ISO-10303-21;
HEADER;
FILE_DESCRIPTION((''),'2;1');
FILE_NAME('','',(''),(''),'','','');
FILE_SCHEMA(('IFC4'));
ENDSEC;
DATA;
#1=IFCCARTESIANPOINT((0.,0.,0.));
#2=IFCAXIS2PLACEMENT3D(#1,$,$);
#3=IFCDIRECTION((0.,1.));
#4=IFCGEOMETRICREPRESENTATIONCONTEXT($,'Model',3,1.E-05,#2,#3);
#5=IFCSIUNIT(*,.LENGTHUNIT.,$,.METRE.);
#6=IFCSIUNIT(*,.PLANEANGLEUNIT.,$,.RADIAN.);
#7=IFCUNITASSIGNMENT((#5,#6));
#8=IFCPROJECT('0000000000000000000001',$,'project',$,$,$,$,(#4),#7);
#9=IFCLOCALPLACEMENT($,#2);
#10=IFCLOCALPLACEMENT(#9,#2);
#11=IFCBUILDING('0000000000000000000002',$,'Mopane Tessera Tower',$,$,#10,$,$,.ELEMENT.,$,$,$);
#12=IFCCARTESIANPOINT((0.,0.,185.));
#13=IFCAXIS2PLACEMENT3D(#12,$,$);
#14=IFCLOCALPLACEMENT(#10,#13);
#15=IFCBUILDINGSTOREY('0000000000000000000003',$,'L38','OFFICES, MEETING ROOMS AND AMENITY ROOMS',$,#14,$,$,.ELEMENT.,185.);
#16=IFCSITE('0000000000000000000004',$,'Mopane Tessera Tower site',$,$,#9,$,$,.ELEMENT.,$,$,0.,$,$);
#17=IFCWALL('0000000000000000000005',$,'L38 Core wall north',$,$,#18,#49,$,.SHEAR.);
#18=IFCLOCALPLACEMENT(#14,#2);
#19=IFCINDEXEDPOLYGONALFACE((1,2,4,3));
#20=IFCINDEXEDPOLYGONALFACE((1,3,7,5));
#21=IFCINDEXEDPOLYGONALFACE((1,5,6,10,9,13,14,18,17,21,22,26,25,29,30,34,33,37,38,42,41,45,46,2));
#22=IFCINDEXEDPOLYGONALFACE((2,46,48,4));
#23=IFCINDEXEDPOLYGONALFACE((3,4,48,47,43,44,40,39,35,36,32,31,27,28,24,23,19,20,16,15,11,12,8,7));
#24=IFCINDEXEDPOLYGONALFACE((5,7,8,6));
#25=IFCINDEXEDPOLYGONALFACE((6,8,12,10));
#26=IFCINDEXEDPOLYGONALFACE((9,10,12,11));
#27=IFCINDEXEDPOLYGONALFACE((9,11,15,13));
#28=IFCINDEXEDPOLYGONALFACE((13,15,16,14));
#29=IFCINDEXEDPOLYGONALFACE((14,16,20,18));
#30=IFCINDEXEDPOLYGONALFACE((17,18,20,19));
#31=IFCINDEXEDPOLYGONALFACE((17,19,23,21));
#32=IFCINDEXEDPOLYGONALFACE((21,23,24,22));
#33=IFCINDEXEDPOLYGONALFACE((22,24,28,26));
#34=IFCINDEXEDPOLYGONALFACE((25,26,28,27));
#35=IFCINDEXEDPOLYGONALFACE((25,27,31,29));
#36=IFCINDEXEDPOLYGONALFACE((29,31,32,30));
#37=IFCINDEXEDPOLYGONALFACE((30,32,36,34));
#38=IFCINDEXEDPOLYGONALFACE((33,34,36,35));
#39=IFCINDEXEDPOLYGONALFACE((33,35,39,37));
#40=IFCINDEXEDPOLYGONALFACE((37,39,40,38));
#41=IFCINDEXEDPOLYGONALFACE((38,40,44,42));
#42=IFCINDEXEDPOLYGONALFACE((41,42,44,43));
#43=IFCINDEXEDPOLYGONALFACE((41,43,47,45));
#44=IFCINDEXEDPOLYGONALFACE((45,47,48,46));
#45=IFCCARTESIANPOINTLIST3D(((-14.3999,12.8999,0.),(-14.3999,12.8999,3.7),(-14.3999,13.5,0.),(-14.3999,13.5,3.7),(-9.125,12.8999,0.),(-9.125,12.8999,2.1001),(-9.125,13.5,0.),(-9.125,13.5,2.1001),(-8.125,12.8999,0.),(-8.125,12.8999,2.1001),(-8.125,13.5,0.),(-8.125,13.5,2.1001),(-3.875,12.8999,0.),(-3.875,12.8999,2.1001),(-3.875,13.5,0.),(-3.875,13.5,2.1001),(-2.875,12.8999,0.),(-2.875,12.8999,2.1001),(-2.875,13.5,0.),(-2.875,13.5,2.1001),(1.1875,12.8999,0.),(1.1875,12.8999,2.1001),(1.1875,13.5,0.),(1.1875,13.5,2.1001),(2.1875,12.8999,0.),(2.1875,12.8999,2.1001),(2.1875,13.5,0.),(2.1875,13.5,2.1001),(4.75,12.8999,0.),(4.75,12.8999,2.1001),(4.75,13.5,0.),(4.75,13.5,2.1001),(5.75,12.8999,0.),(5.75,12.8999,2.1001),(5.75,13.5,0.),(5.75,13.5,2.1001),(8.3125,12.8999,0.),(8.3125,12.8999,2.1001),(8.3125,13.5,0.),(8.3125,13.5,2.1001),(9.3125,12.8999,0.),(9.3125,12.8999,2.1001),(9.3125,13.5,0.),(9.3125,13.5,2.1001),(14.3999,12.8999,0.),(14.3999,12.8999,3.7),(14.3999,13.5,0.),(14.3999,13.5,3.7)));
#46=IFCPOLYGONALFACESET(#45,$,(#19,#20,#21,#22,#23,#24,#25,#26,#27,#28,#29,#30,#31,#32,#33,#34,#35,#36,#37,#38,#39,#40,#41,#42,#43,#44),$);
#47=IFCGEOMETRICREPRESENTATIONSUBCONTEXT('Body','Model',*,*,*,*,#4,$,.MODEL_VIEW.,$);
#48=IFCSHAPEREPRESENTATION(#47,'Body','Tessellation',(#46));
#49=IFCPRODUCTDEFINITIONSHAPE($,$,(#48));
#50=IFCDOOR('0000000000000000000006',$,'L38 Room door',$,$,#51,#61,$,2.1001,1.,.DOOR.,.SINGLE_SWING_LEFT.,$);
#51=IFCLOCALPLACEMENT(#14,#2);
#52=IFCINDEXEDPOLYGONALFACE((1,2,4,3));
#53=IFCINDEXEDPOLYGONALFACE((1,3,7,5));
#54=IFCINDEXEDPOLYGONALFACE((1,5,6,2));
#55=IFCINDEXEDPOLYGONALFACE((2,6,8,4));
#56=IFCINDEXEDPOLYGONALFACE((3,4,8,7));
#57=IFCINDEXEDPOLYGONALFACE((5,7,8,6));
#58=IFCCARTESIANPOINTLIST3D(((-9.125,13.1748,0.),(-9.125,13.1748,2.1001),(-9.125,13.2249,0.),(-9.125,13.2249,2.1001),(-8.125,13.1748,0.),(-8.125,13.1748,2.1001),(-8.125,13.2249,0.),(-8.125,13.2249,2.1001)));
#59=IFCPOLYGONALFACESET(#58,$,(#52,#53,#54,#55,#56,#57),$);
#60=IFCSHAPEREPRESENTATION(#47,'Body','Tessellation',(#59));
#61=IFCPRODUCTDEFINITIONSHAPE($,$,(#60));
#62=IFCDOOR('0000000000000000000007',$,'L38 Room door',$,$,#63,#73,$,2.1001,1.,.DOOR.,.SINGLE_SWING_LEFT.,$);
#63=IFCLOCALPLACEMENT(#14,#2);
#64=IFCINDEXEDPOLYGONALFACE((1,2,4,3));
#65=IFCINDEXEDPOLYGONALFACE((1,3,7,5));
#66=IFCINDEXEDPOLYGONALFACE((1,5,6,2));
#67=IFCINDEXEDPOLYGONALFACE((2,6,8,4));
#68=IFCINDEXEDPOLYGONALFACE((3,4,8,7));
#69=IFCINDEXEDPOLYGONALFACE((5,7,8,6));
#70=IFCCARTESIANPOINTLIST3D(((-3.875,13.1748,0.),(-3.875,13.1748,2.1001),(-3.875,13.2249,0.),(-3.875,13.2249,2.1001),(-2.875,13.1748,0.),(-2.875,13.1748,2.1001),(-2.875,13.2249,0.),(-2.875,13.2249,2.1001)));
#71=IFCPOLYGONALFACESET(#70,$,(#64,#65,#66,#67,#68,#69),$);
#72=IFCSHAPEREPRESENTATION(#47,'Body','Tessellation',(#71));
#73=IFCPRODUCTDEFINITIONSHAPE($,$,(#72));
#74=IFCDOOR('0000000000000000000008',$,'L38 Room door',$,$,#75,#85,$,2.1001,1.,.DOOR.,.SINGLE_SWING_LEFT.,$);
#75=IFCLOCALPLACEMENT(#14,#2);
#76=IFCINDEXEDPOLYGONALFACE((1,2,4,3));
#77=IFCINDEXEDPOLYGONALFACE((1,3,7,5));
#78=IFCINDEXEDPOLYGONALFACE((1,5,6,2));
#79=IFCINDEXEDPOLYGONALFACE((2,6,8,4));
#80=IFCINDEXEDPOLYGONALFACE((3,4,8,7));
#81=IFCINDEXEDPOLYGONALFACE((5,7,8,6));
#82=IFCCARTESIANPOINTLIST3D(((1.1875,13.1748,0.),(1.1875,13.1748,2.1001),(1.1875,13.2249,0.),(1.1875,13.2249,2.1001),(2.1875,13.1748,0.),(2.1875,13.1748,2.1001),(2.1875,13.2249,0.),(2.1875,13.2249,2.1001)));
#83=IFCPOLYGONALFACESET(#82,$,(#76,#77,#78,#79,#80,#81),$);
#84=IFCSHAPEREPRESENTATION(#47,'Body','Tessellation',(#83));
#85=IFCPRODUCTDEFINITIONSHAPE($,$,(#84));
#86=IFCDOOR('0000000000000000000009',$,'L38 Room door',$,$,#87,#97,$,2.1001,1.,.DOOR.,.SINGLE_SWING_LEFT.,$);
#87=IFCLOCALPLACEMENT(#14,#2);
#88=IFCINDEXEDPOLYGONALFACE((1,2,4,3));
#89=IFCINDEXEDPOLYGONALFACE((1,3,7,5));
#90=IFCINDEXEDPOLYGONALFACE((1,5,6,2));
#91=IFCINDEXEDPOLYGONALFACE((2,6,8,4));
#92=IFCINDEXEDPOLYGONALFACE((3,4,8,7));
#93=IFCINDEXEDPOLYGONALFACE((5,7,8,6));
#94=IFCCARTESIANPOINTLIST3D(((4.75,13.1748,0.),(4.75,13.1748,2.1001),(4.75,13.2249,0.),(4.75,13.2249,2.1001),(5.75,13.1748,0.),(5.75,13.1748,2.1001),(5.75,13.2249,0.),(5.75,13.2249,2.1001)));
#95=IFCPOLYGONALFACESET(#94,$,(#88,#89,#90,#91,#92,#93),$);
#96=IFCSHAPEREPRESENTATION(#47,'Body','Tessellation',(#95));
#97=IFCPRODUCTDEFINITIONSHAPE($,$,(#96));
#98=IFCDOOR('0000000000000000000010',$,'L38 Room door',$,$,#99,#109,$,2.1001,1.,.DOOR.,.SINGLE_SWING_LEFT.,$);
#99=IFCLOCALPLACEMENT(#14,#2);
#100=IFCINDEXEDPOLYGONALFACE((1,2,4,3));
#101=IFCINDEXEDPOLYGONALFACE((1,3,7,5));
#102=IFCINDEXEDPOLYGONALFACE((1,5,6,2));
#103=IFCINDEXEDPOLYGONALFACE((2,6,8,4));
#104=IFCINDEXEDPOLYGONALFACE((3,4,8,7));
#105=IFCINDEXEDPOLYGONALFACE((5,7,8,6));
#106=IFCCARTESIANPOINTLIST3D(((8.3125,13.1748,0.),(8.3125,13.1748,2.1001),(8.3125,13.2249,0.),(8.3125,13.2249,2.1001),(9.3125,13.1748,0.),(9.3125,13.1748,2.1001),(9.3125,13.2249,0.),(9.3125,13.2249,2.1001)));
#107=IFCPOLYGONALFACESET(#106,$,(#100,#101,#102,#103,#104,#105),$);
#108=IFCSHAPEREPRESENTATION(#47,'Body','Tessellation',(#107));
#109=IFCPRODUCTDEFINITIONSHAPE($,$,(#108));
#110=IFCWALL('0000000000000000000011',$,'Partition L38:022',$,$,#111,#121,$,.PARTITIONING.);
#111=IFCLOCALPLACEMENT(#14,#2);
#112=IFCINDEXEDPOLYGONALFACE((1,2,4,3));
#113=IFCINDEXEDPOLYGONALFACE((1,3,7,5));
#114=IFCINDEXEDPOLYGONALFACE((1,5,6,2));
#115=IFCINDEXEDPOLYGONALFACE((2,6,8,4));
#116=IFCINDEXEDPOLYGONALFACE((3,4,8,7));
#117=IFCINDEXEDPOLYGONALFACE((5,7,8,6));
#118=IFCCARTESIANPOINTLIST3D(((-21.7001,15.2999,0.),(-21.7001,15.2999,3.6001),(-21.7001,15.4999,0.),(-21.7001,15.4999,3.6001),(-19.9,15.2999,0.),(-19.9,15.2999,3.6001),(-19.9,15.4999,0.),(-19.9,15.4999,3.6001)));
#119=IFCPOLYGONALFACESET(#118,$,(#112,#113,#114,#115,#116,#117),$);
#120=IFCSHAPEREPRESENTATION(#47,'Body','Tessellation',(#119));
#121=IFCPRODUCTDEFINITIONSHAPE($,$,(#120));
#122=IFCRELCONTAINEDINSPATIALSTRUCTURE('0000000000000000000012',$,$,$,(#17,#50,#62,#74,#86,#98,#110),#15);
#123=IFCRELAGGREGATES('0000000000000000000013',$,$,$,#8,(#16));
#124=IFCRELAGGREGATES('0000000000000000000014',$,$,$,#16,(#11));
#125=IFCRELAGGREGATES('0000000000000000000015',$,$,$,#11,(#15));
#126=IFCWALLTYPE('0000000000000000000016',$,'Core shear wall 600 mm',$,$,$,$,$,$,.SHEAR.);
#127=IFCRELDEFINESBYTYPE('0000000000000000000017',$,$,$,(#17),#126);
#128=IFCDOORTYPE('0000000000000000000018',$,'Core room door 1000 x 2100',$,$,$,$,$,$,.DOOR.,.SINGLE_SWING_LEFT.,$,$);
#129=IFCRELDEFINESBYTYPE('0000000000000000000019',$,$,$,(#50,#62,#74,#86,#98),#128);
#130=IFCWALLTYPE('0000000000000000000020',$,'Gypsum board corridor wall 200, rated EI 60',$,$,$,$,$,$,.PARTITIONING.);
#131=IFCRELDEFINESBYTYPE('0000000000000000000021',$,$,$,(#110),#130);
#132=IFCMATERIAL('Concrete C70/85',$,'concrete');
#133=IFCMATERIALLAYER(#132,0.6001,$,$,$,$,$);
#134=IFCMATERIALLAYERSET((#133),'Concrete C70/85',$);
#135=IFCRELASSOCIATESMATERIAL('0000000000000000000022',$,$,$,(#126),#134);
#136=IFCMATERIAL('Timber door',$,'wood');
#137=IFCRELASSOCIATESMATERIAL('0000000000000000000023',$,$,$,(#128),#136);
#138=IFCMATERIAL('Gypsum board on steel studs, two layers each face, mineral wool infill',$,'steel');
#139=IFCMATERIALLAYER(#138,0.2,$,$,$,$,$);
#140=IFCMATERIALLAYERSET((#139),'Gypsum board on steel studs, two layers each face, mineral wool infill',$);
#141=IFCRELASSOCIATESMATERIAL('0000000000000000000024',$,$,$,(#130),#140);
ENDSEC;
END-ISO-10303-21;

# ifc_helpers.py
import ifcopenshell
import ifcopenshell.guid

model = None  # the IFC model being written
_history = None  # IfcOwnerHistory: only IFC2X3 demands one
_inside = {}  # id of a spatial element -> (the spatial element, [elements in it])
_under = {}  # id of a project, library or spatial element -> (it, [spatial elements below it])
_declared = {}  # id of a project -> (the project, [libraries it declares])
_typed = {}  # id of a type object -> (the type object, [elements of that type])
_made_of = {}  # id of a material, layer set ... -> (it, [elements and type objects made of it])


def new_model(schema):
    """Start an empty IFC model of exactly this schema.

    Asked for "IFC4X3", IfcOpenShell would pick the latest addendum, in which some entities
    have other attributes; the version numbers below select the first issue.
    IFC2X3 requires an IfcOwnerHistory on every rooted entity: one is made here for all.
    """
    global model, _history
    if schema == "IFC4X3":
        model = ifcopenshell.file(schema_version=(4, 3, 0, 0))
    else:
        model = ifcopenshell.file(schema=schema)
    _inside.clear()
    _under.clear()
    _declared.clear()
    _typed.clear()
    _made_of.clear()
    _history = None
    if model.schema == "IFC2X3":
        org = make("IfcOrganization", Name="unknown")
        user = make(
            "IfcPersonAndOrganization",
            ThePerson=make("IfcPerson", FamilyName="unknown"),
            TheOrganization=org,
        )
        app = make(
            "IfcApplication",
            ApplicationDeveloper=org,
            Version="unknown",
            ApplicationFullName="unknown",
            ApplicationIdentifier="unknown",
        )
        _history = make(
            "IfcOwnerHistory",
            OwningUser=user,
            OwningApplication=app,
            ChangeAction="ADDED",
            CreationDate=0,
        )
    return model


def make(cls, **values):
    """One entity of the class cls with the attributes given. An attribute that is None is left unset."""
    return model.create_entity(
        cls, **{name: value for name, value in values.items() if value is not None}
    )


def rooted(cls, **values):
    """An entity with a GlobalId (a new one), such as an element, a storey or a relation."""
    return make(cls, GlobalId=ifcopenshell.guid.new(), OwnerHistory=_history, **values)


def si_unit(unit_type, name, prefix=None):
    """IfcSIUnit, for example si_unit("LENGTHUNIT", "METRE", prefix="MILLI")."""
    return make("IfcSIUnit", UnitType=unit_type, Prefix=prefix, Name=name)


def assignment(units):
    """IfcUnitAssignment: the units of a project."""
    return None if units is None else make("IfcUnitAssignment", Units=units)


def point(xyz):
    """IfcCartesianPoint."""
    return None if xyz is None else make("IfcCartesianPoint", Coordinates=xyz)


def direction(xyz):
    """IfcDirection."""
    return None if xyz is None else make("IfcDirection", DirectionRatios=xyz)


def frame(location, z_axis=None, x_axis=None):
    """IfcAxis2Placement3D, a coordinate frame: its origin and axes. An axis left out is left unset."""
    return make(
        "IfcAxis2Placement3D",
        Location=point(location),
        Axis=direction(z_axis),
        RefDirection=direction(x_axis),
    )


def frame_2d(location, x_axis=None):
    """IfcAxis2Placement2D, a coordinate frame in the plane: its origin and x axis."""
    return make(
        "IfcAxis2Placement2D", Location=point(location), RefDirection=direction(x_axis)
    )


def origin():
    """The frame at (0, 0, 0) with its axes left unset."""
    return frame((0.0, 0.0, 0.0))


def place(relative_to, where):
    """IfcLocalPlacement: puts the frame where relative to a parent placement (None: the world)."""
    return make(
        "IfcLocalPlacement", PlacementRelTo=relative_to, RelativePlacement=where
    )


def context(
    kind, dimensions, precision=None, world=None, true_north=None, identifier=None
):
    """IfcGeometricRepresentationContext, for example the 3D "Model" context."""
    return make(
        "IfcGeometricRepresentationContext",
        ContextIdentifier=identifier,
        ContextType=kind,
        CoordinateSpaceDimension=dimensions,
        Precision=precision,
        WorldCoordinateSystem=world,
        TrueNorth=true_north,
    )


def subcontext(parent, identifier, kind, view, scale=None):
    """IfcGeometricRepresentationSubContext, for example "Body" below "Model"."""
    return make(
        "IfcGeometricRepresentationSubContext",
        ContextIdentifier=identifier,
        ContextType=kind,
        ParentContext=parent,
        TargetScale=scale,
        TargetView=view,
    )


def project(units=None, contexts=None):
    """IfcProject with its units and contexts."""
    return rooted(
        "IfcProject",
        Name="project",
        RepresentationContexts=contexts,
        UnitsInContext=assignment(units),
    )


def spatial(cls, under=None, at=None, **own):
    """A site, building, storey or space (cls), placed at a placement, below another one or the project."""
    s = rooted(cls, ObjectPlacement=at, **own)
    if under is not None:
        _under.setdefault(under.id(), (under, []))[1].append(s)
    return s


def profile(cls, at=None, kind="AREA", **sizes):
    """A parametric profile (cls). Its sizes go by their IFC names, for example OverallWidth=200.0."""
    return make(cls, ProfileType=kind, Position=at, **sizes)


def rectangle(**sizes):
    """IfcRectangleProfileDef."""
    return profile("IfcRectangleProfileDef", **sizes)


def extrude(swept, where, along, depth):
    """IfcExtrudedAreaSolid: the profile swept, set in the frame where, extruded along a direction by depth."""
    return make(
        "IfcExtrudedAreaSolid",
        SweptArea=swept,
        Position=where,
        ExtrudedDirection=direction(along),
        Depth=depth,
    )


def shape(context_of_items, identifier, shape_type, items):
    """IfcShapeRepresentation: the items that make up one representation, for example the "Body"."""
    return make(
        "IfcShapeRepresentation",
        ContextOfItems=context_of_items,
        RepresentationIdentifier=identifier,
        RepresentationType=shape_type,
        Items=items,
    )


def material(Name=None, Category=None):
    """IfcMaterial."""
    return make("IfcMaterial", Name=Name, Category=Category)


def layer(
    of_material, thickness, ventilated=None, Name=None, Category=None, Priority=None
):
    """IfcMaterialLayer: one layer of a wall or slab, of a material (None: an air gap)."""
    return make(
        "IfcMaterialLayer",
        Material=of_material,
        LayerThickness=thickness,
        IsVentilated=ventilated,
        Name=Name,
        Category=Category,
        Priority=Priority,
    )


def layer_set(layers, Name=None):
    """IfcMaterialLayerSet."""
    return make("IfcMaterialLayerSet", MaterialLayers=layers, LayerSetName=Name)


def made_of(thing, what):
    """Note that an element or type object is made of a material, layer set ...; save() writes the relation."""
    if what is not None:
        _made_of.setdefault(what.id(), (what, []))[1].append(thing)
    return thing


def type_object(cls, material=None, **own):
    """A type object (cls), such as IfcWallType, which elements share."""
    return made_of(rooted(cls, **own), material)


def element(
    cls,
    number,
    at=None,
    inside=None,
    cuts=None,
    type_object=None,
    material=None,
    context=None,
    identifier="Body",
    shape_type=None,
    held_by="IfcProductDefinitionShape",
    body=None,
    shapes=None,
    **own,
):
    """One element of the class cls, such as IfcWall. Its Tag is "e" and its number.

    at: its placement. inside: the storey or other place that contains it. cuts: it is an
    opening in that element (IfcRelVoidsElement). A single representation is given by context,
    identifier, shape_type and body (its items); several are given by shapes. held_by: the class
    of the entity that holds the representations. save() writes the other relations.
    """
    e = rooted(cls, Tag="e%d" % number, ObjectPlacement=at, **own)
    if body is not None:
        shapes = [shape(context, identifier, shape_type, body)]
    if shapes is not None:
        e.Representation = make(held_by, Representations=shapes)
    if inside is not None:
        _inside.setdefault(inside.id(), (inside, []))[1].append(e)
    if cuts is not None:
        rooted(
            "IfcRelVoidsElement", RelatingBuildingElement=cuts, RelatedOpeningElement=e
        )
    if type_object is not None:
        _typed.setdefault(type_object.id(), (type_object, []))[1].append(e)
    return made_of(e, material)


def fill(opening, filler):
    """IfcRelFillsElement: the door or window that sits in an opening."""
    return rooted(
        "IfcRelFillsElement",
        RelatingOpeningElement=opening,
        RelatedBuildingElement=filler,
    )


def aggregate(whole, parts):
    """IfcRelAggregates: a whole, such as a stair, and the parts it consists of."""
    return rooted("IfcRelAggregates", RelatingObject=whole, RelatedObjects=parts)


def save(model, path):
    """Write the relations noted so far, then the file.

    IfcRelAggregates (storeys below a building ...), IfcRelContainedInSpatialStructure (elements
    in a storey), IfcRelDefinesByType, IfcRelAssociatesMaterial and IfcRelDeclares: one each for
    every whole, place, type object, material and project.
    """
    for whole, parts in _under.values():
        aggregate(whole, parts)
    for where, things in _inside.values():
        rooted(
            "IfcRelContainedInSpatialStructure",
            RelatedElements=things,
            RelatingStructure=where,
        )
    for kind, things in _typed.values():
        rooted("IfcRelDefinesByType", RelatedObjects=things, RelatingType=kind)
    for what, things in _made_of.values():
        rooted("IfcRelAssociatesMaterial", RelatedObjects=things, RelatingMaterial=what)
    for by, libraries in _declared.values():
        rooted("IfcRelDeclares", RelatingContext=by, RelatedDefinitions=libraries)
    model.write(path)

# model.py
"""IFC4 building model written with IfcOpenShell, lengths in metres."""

from ifc_helpers import new_model, si_unit, direction, frame, frame_2d, origin, place, context, subcontext, project, spatial, rectangle, extrude, material, layer, layer_set, type_object, element, fill, save


model = new_model("IFC4")

# Units and contexts
model_context = context("Model", 3, precision=1e-05, world=origin(), true_north=direction((0.0, 1.0)))
body_context = subcontext(model_context, "Body", "Model", "MODEL_VIEW")
ifc_project = project(units=[si_unit("LENGTHUNIT", "METRE"), si_unit("PLANEANGLEUNIT", "RADIAN")], contexts=[model_context])

# Site, building, storey
site_placement = place(None, origin())
site = spatial("IfcSite", under=ifc_project, at=site_placement, Name="Mopane Tessera Tower site", CompositionType="ELEMENT", RefElevation=0.0)
building_placement = place(site_placement, origin())
building = spatial("IfcBuilding", under=site, at=building_placement, Name="Mopane Tessera Tower", CompositionType="ELEMENT")
storey_placement = place(building_placement, frame((0.0, 0.0, 185.0)))
storey = spatial("IfcBuildingStorey", under=building, at=storey_placement, Name="L38", Description="OFFICES, MEETING ROOMS AND AMENITY ROOMS", CompositionType="ELEMENT", Elevation=185.0)

# Wall, openings, doors
ifc_material_1 = material(Name="Concrete C70/85", Category="concrete")
ifc_layer_1 = layer(ifc_material_1, 0.6001)
ifc_layer_set_1 = layer_set([ifc_layer_1], Name="Concrete C70/85")
wall_type_1 = type_object("IfcWallType", Name="Core shear wall 600 mm", PredefinedType="SHEAR", material=ifc_layer_set_1)
wall_1_placement = place(storey_placement, frame((-14.3999, 13.2, 0.0), z_axis=(0.0, 0.0, 1.0), x_axis=(1.0, 0.0, 0.0)))
wall_1 = element("IfcWall", 1, at=wall_1_placement, inside=storey, type_object=wall_type_1, Name="L38 Core wall north", PredefinedType="SHEAR", context=body_context, shape_type="SweptSolid", body=[
    extrude(rectangle(XDim=28.7998, YDim=0.6001, at=frame_2d((14.3999, 0.0))), origin(), (0.0, 0.0, 1.0), 3.7),
])
opening_1_placement = place(wall_1_placement, frame((5.2749, 0.0, 0.0)))
opening_1 = element("IfcOpeningElement", 2, at=opening_1_placement, cuts=wall_1, PredefinedType="OPENING", context=body_context, shape_type="SweptSolid", body=[
    extrude(rectangle(XDim=1.0, YDim=2.1001, at=frame_2d((0.5, 1.05))), frame((0.0, 0.312, 0.0), z_axis=(0.0, -1.0, 0.0), x_axis=(1.0, 0.0, 0.0)), (0.0, 0.0, 1.0), 0.624),
])
opening_2_placement = place(wall_1_placement, frame((10.5249, 0.0, 0.0)))
opening_2 = element("IfcOpeningElement", 3, at=opening_2_placement, cuts=wall_1, PredefinedType="OPENING", context=body_context, shape_type="SweptSolid", body=[
    extrude(rectangle(XDim=1.0, YDim=2.1001, at=frame_2d((0.5, 1.05))), frame((0.0, 0.312, 0.0), z_axis=(0.0, -1.0, 0.0), x_axis=(1.0, 0.0, 0.0)), (0.0, 0.0, 1.0), 0.624),
])
opening_3_placement = place(wall_1_placement, frame((15.5874, 0.0, 0.0)))
opening_3 = element("IfcOpeningElement", 4, at=opening_3_placement, cuts=wall_1, PredefinedType="OPENING", context=body_context, shape_type="SweptSolid", body=[
    extrude(rectangle(XDim=1.0, YDim=2.1001, at=frame_2d((0.5, 1.05))), frame((0.0, 0.312, 0.0), z_axis=(0.0, -1.0, 0.0), x_axis=(1.0, 0.0, 0.0)), (0.0, 0.0, 1.0), 0.624),
])
opening_4_placement = place(wall_1_placement, frame((19.1499, 0.0, 0.0)))
opening_4 = element("IfcOpeningElement", 5, at=opening_4_placement, cuts=wall_1, PredefinedType="OPENING", context=body_context, shape_type="SweptSolid", body=[
    extrude(rectangle(XDim=1.0, YDim=2.1001, at=frame_2d((0.5, 1.05))), frame((0.0, 0.312, 0.0), z_axis=(0.0, -1.0, 0.0), x_axis=(1.0, 0.0, 0.0)), (0.0, 0.0, 1.0), 0.624),
])
opening_5_placement = place(wall_1_placement, frame((22.7124, 0.0, 0.0)))
opening_5 = element("IfcOpeningElement", 6, at=opening_5_placement, cuts=wall_1, PredefinedType="OPENING", context=body_context, shape_type="SweptSolid", body=[
    extrude(rectangle(XDim=1.0, YDim=2.1001, at=frame_2d((0.5, 1.05))), frame((0.0, 0.312, 0.0), z_axis=(0.0, -1.0, 0.0), x_axis=(1.0, 0.0, 0.0)), (0.0, 0.0, 1.0), 0.624),
])
ifc_material_2 = material(Name="Timber door", Category="wood")
door_type_1 = type_object("IfcDoorType", Name="Core room door 1000 x 2100", OperationType="SINGLE_SWING_LEFT", PredefinedType="DOOR", material=ifc_material_2)
door_1_placement = place(opening_1_placement, origin())
door_1 = element("IfcDoor", 7, at=door_1_placement, inside=storey, type_object=door_type_1, Name="L38 Room door", OperationType="SINGLE_SWING_LEFT", OverallHeight=2.1001, OverallWidth=1.0, PredefinedType="DOOR", context=body_context, shape_type="SweptSolid", body=[
    extrude(rectangle(XDim=1.0, YDim=2.1001, at=frame_2d((0.5, 1.05))), frame((0.0, 0.0249, 0.0), z_axis=(0.0, -1.0, 0.0), x_axis=(1.0, 0.0, 0.0)), (0.0, 0.0, 1.0), 0.05),
])
fill(opening_1, door_1)
door_2_placement = place(opening_2_placement, origin())
door_2 = element("IfcDoor", 8, at=door_2_placement, inside=storey, type_object=door_type_1, Name="L38 Room door", OperationType="SINGLE_SWING_LEFT", OverallHeight=2.1001, OverallWidth=1.0, PredefinedType="DOOR", context=body_context, shape_type="SweptSolid", body=[
    extrude(rectangle(XDim=1.0, YDim=2.1001, at=frame_2d((0.5, 1.05))), frame((0.0, 0.0249, 0.0), z_axis=(0.0, -1.0, 0.0), x_axis=(1.0, 0.0, 0.0)), (0.0, 0.0, 1.0), 0.05),
])
fill(opening_2, door_2)
door_3_placement = place(opening_3_placement, origin())
door_3 = element("IfcDoor", 9, at=door_3_placement, inside=storey, type_object=door_type_1, Name="L38 Room door", OperationType="SINGLE_SWING_LEFT", OverallHeight=2.1001, OverallWidth=1.0, PredefinedType="DOOR", context=body_context, shape_type="SweptSolid", body=[
    extrude(rectangle(XDim=1.0, YDim=2.1001, at=frame_2d((0.5, 1.05))), frame((0.0, 0.0249, 0.0), z_axis=(0.0, -1.0, 0.0), x_axis=(1.0, 0.0, 0.0)), (0.0, 0.0, 1.0), 0.05),
])
fill(opening_3, door_3)
door_4_placement = place(opening_4_placement, origin())
door_4 = element("IfcDoor", 10, at=door_4_placement, inside=storey, type_object=door_type_1, Name="L38 Room door", OperationType="SINGLE_SWING_LEFT", OverallHeight=2.1001, OverallWidth=1.0, PredefinedType="DOOR", context=body_context, shape_type="SweptSolid", body=[
    extrude(rectangle(XDim=1.0, YDim=2.1001, at=frame_2d((0.5, 1.05))), frame((0.0, 0.0249, 0.0), z_axis=(0.0, -1.0, 0.0), x_axis=(1.0, 0.0, 0.0)), (0.0, 0.0, 1.0), 0.05),
])
fill(opening_4, door_4)
door_5_placement = place(opening_5_placement, origin())
door_5 = element("IfcDoor", 11, at=door_5_placement, inside=storey, type_object=door_type_1, Name="L38 Room door", OperationType="SINGLE_SWING_LEFT", OverallHeight=2.1001, OverallWidth=1.0, PredefinedType="DOOR", context=body_context, shape_type="SweptSolid", body=[
    extrude(rectangle(XDim=1.0, YDim=2.1001, at=frame_2d((0.5, 1.05))), frame((0.0, 0.0249, 0.0), z_axis=(0.0, -1.0, 0.0), x_axis=(1.0, 0.0, 0.0)), (0.0, 0.0, 1.0), 0.05),
])
fill(opening_5, door_5)

# Wall
ifc_material_3 = material(Name="Gypsum board on steel studs, two layers each face, mineral wool infill", Category="steel")
ifc_layer_2 = layer(ifc_material_3, 0.2)
ifc_layer_set_2 = layer_set([ifc_layer_2], Name="Gypsum board on steel studs, two layers each face, mineral wool infill")
wall_type_2 = type_object("IfcWallType", Name="Gypsum board corridor wall 200, rated EI 60", PredefinedType="PARTITIONING", material=ifc_layer_set_2)
wall_2_placement = place(storey_placement, frame((-21.7, 15.3999, 0.0), z_axis=(0.0, 0.0, 1.0), x_axis=(1.0, 0.0, 0.0)))
element("IfcWall", 12, at=wall_2_placement, inside=storey, type_object=wall_type_2, Name="Partition L38:022", PredefinedType="PARTITIONING", context=body_context, shape_type="SweptSolid", body=[
    extrude(rectangle(XDim=1.8, YDim=0.2, at=frame_2d((0.8999, 0.0))), origin(), (0.0, 0.0, 1.0), 3.6001),
])

save(model, "model.ifc")
